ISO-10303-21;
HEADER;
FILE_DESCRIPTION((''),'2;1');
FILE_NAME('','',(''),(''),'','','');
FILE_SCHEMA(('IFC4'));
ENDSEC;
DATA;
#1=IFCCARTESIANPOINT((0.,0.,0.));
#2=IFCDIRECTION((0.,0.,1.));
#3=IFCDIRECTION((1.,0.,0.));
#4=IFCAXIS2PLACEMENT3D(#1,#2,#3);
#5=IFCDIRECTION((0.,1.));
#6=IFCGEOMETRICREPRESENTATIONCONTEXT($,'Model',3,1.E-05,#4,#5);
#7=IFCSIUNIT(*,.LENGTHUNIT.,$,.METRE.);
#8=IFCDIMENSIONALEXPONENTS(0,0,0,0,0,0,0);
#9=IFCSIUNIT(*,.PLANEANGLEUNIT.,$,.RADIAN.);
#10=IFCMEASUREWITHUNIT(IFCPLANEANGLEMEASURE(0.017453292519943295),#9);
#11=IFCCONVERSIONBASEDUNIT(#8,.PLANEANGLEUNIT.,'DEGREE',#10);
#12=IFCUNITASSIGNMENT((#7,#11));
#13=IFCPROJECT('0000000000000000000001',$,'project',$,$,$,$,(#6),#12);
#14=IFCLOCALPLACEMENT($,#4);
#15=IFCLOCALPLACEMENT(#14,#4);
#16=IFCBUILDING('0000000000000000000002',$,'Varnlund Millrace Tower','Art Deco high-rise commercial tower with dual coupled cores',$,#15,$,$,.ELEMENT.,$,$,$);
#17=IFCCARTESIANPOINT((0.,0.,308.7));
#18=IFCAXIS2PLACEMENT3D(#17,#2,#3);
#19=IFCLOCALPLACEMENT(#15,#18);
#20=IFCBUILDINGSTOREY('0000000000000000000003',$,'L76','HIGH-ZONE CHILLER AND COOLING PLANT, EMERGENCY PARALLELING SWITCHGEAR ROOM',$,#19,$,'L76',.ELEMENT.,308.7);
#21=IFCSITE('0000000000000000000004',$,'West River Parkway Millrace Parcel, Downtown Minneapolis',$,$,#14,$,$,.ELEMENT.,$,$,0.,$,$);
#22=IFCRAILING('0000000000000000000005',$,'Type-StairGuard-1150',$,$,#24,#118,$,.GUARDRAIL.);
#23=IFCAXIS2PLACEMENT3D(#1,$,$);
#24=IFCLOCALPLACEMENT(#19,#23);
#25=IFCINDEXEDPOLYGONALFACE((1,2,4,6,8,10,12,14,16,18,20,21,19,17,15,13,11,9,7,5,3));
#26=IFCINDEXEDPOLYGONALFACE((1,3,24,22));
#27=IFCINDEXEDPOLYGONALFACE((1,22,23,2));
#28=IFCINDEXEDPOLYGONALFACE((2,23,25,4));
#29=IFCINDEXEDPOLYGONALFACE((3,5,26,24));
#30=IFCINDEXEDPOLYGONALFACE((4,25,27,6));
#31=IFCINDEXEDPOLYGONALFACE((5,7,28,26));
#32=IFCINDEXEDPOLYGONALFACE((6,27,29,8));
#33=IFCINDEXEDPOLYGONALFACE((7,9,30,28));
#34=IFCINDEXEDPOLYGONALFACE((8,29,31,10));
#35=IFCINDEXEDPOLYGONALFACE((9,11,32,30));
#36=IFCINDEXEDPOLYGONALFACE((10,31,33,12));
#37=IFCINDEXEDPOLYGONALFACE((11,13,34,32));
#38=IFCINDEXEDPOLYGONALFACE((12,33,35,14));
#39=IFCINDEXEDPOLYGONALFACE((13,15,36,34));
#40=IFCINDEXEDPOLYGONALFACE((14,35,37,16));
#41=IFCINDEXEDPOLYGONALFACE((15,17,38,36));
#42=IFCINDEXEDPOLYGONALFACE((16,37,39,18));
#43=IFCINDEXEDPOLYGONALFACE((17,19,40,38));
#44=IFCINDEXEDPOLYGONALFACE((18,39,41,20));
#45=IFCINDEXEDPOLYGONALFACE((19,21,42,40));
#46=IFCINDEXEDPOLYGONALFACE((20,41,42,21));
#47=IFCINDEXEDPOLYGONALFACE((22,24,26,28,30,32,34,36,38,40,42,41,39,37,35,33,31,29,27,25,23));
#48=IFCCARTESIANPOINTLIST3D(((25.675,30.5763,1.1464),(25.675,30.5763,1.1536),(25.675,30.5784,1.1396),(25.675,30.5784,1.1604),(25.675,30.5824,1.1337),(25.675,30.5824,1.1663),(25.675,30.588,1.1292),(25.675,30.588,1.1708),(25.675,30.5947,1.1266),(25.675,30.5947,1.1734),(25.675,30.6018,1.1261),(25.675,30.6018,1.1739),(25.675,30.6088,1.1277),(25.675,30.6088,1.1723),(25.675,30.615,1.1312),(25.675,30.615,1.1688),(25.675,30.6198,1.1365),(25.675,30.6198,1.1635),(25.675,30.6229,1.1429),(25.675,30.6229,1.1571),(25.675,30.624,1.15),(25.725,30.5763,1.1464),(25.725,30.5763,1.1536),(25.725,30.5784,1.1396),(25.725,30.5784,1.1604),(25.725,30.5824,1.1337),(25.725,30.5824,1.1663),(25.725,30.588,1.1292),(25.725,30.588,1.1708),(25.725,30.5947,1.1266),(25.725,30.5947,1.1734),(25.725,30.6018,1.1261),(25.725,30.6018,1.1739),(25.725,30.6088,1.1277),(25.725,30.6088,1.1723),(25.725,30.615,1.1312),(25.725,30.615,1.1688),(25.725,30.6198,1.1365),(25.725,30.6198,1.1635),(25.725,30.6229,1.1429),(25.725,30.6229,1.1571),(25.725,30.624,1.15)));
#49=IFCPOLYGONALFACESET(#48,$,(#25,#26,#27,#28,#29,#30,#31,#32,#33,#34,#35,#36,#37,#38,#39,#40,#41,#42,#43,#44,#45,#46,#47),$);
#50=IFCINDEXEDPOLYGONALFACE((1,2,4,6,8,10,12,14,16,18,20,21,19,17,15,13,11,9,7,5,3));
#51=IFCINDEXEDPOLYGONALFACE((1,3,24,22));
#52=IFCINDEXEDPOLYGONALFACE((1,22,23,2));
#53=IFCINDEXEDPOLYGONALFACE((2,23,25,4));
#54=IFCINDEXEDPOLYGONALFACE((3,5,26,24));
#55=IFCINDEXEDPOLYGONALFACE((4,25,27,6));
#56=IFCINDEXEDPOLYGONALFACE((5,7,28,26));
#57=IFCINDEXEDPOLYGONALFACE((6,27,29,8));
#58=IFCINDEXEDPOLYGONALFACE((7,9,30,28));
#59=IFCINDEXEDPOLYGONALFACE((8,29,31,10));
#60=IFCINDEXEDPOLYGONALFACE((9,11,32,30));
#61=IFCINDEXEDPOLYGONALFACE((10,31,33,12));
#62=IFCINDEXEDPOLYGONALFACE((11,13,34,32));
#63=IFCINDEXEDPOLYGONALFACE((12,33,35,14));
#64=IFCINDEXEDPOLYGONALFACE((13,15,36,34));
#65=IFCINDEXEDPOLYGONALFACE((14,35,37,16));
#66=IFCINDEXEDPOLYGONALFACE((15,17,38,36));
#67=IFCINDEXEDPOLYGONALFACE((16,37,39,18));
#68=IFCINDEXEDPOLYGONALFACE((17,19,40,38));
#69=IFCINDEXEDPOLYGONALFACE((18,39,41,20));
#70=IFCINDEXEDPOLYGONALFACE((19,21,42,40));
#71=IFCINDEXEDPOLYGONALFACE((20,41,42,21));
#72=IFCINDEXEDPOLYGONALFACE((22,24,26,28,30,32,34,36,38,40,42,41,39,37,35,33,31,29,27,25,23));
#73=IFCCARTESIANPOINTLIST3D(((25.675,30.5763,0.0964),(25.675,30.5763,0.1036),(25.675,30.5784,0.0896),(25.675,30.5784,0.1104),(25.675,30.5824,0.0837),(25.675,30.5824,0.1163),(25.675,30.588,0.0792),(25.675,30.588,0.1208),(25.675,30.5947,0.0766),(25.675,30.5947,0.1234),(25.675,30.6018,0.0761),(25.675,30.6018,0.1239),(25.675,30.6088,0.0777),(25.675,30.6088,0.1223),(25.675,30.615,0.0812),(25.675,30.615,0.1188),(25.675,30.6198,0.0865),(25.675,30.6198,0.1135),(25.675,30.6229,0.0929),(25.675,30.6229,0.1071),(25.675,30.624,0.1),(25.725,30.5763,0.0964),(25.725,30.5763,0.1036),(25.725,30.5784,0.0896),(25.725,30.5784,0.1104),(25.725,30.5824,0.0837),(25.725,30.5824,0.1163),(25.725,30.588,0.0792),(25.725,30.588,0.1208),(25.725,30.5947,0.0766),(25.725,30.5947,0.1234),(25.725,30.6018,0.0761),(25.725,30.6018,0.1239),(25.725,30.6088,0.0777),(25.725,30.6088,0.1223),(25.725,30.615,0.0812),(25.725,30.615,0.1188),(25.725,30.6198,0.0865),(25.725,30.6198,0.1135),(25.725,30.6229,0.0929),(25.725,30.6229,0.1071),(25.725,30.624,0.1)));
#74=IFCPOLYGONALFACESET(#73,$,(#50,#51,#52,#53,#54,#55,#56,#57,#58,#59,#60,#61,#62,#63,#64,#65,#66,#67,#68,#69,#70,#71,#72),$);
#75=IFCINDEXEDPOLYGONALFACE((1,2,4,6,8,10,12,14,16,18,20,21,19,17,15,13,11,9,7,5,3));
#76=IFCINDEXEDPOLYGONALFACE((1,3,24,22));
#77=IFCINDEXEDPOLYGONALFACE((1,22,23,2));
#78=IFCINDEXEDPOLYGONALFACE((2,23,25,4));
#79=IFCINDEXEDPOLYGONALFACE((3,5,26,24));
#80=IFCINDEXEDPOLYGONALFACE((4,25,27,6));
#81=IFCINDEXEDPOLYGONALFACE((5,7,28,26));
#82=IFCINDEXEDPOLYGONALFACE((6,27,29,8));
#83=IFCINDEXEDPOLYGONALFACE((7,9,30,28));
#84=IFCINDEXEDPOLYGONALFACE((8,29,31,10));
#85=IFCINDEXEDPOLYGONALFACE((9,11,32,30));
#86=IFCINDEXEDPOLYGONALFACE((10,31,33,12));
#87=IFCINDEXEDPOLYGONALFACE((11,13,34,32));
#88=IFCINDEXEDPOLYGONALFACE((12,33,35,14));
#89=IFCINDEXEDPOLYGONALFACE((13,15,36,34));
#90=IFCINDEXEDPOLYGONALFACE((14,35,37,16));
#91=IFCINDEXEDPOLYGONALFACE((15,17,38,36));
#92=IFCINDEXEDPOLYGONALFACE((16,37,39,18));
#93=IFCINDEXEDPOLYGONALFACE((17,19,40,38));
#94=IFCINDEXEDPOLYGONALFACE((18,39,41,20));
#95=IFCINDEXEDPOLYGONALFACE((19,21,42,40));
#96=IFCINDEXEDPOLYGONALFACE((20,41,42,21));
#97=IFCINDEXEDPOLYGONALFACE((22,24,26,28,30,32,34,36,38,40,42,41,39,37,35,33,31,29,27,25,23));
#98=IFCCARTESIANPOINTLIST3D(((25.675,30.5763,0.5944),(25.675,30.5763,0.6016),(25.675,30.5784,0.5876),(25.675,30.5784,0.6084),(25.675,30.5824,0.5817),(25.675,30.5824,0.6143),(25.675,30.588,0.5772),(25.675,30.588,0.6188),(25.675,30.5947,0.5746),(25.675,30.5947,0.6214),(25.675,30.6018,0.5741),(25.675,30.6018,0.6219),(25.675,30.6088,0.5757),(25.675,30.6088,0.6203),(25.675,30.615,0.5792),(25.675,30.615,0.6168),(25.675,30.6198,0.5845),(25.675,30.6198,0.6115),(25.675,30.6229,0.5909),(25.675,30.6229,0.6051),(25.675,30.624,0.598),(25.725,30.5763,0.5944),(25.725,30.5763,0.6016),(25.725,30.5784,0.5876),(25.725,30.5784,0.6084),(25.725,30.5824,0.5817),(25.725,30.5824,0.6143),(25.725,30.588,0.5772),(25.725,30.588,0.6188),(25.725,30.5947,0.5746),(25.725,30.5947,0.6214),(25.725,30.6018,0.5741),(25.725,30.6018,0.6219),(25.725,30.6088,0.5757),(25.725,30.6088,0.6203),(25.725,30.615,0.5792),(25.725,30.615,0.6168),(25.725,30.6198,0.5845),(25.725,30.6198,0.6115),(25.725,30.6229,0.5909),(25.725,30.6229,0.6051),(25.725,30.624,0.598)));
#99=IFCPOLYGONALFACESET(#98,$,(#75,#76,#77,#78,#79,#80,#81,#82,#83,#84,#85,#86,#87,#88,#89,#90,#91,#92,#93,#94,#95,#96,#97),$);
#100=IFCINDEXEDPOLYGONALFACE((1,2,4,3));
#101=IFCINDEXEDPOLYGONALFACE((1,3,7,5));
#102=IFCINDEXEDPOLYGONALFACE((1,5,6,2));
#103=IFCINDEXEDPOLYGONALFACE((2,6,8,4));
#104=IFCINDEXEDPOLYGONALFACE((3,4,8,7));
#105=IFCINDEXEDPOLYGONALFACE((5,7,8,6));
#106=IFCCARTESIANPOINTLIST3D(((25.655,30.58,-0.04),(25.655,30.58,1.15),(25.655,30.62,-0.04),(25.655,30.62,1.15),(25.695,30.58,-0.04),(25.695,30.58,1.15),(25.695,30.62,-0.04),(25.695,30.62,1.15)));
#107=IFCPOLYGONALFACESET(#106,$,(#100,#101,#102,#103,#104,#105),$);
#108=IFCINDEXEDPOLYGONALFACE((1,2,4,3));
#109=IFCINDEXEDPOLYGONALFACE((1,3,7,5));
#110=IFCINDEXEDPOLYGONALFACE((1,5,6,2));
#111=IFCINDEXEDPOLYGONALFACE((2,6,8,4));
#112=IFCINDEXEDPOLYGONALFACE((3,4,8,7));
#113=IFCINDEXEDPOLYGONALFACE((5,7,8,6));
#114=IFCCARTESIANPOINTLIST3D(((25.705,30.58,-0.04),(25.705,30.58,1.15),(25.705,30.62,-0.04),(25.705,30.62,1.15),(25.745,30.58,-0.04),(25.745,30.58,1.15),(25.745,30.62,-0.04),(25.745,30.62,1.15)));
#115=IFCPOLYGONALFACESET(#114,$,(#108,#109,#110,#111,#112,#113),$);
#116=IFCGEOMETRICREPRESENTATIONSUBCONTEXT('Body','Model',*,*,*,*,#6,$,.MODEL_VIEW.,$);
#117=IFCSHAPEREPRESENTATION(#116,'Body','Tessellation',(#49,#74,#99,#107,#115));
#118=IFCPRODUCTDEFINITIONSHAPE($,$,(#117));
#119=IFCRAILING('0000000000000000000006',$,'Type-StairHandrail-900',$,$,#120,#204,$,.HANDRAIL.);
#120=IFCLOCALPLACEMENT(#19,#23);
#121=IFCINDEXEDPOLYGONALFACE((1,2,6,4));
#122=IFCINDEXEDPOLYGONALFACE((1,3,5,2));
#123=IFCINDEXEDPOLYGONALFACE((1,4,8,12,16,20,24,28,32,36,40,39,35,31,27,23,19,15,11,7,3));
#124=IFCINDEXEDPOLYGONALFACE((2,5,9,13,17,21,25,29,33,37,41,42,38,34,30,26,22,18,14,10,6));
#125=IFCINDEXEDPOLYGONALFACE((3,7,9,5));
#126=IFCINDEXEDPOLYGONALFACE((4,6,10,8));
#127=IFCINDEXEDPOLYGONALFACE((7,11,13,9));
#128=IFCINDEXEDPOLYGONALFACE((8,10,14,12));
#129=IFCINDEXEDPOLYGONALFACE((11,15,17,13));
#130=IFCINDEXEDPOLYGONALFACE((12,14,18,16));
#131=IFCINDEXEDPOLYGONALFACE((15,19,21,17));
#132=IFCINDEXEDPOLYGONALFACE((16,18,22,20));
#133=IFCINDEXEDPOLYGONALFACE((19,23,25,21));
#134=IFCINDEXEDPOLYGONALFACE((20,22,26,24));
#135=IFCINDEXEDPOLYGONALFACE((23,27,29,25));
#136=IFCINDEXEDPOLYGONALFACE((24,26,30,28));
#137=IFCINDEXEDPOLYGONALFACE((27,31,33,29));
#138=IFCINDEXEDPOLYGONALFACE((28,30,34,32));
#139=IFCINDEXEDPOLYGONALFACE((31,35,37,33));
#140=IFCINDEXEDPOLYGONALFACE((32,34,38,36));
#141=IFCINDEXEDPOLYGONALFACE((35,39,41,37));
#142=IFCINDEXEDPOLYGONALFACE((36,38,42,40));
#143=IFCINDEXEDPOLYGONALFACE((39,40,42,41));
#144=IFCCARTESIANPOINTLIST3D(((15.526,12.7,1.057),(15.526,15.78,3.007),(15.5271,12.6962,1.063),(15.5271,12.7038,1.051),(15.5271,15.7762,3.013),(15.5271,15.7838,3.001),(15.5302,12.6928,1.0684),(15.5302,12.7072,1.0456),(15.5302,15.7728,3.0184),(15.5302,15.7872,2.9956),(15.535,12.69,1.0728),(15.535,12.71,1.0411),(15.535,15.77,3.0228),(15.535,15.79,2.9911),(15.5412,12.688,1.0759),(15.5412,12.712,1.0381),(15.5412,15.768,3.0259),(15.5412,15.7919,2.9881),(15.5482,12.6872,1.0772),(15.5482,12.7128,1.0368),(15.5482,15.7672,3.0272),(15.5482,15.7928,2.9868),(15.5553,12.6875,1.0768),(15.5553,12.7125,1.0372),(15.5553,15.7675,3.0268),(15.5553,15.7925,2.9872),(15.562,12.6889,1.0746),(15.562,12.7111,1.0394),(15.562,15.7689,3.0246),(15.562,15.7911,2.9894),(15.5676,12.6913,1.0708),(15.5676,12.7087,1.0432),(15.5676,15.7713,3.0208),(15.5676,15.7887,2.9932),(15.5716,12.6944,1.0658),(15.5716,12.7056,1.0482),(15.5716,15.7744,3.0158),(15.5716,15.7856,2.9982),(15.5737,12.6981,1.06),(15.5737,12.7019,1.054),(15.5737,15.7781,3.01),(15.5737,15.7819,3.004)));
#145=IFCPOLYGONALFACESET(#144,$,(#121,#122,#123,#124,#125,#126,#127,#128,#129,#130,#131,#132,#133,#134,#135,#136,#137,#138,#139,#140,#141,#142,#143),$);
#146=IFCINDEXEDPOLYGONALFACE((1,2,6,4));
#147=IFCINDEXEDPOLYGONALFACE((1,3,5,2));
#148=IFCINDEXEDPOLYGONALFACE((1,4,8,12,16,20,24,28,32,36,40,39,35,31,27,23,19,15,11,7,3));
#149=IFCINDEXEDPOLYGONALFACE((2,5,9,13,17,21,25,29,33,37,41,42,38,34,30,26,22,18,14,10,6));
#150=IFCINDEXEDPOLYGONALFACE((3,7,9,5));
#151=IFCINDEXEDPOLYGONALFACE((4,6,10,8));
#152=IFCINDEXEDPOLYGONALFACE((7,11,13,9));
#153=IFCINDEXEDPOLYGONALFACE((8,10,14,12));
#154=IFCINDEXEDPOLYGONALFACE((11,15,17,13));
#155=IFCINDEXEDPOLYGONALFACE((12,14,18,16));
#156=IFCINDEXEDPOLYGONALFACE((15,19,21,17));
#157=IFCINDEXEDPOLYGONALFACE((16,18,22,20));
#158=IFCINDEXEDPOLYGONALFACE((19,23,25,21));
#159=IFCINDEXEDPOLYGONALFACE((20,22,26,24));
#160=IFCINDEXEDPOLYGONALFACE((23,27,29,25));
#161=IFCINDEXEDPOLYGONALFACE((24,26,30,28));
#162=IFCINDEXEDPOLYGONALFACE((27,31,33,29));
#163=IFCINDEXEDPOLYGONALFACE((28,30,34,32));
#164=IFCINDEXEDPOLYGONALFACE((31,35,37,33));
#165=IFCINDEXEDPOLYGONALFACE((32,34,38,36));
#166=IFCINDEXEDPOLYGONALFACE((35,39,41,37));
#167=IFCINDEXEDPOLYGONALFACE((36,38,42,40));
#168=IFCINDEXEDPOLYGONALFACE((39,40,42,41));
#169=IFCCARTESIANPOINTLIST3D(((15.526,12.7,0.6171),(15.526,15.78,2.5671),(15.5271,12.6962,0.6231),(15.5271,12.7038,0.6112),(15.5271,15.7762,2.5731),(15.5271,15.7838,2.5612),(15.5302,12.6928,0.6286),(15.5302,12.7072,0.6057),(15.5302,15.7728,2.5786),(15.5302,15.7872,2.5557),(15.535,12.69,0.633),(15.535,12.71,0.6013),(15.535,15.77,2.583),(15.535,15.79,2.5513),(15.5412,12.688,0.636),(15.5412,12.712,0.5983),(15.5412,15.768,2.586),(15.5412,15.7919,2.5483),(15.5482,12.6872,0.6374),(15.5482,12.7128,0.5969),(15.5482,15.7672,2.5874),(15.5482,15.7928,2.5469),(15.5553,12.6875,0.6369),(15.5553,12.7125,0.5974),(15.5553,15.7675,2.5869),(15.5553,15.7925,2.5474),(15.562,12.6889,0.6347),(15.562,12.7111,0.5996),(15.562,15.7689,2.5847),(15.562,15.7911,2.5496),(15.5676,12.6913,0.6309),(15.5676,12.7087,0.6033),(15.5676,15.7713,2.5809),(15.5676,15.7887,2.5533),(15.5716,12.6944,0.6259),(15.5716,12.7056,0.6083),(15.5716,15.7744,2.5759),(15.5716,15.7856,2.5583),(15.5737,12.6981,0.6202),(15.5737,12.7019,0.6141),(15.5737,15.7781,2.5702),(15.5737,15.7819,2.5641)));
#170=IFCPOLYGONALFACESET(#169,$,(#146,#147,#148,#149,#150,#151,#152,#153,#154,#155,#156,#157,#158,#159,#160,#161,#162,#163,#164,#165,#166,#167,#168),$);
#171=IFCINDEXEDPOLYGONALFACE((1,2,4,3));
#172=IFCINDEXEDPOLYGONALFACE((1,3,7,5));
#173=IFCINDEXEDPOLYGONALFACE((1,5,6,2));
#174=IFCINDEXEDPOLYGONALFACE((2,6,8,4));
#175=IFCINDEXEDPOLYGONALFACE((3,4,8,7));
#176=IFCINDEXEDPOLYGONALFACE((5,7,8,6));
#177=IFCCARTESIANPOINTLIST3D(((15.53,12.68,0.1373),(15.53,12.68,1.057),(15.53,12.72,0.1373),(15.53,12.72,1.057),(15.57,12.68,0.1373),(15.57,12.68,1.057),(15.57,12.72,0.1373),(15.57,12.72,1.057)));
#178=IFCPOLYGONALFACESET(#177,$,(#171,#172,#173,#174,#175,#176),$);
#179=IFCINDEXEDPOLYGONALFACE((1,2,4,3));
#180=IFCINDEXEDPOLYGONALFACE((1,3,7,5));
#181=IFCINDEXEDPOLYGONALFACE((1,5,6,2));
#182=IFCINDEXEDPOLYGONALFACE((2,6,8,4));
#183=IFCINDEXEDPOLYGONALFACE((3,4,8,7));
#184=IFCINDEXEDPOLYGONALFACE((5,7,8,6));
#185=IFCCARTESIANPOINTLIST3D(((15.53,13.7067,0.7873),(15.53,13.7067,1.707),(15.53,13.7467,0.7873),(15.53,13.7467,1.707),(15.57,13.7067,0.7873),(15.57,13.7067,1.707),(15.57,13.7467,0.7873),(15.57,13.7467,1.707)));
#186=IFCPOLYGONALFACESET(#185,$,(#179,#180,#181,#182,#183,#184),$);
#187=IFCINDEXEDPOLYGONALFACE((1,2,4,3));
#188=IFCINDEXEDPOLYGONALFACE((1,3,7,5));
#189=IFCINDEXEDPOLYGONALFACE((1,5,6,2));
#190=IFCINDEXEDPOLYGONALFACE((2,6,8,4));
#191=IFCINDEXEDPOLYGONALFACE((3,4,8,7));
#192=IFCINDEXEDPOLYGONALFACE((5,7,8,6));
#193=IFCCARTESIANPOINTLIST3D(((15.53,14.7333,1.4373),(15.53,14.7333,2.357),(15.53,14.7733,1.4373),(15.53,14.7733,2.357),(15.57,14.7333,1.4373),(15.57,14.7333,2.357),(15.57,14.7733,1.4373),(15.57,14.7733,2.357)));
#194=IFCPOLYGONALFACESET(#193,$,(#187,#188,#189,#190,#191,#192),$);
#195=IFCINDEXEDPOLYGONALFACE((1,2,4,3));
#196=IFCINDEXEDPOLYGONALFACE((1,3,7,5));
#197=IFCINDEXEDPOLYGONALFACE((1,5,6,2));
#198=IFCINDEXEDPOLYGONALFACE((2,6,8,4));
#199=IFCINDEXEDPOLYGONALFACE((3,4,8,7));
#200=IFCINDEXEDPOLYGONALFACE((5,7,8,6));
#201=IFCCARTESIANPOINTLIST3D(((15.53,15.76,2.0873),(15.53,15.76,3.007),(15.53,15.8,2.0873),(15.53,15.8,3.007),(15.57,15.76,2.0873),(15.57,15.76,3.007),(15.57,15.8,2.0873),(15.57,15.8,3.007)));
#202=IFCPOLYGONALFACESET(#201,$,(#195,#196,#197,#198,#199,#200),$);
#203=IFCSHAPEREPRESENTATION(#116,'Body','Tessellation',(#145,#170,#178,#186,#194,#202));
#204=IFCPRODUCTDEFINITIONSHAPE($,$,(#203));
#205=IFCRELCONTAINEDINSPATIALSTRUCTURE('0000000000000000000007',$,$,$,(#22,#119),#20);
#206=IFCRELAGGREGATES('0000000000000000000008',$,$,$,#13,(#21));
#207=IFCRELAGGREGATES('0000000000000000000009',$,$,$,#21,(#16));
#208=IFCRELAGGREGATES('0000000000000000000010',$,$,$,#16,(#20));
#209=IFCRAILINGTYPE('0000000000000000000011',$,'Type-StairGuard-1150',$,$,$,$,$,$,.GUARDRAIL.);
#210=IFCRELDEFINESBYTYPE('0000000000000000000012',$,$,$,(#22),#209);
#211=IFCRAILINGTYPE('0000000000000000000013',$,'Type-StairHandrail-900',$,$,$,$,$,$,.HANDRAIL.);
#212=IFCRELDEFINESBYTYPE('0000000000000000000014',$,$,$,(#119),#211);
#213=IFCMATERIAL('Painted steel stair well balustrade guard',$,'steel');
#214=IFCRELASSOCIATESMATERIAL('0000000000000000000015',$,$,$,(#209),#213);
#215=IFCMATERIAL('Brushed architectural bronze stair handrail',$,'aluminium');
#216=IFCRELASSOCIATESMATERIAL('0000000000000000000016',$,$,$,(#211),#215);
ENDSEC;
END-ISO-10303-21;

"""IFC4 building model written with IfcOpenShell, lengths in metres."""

from ifc_helpers import new_model, entity, si_unit, converted_unit, direction, frame, origin_with_axes, origin_2d_with_axis, place, context, subcontext, project, spatial, rectangle, circle, extrude, material, type_object, element, save


model = new_model("IFC4")

# Units and contexts
model_context = context("Model", 3, precision=1e-05, world=origin_with_axes(), true_north=direction((0.0, 1.0)))
body_context = subcontext(model_context, "Body", "Model", "MODEL_VIEW")
ifc_project = project(units=[si_unit("LENGTHUNIT", "METRE"), converted_unit("PLANEANGLEUNIT", "DEGREE", entity("IfcPlaneAngleMeasure", 0.017453292519943295), si_unit("PLANEANGLEUNIT", "RADIAN"), dimensions=[0, 0, 0, 0, 0, 0, 0])], contexts=[model_context])

# Site, building, storey
site_placement = place(None, origin_with_axes())
site = spatial("IfcSite", under=ifc_project, at=site_placement, Name="West River Parkway Millrace Parcel, Downtown Minneapolis", CompositionType="ELEMENT", RefElevation=0.0)
building_placement = place(site_placement, origin_with_axes())
building = spatial("IfcBuilding", under=site, at=building_placement, Name="Varnlund Millrace Tower", Description="Art Deco high-rise commercial tower with dual coupled cores", CompositionType="ELEMENT")
storey_placement = place(building_placement, frame((0.0, 0.0, 308.7), z_axis=(0.0, 0.0, 1.0), x_axis=(1.0, 0.0, 0.0)))
storey = spatial("IfcBuildingStorey", under=building, at=storey_placement, Name="L76", Description="HIGH-ZONE CHILLER AND COOLING PLANT, EMERGENCY PARALLELING SWITCHGEAR ROOM", LongName="L76", CompositionType="ELEMENT", Elevation=308.7)

# Railings
ifc_material_1 = material(Name="Painted steel stair well balustrade guard", Category="steel")
railing_type_1 = type_object("IfcRailingType", Name="Type-StairGuard-1150", PredefinedType="GUARDRAIL", material=ifc_material_1)
railing_1_placement = place(storey_placement, frame((0.0, 0.0, -308.7), z_axis=(0.0, 0.0, 1.0), x_axis=(1.0, 0.0, 0.0)))
element("IfcRailing", 1, at=railing_1_placement, inside=storey, type_object=railing_type_1, Name="Type-StairGuard-1150", PredefinedType="GUARDRAIL", context=body_context, shape_type="SweptSolid", body=[
    extrude(circle(Radius=0.024, at=origin_2d_with_axis()), frame((25.675, 30.6, 309.85), z_axis=(1.0, 0.0, 0.0), x_axis=(0.0, 1.0, 0.0)), (0.0, 0.0, 1.0), 0.05),
    extrude(circle(Radius=0.024, at=origin_2d_with_axis()), frame((25.675, 30.6, 308.8), z_axis=(1.0, 0.0, 0.0), x_axis=(0.0, 1.0, 0.0)), (0.0, 0.0, 1.0), 0.05),
    extrude(circle(Radius=0.024, at=origin_2d_with_axis()), frame((25.675, 30.6, 309.298), z_axis=(1.0, 0.0, 0.0), x_axis=(0.0, 1.0, 0.0)), (0.0, 0.0, 1.0), 0.05),
    extrude(rectangle(XDim=0.04, YDim=0.04, at=origin_2d_with_axis()), frame((25.675, 30.6, 308.66), z_axis=(0.0, 0.0, 1.0), x_axis=(1.0, 0.0, 0.0)), (0.0, 0.0, 1.0), 1.19),
    extrude(rectangle(XDim=0.04, YDim=0.04, at=origin_2d_with_axis()), frame((25.725, 30.6, 308.66), z_axis=(0.0, 0.0, 1.0), x_axis=(1.0, 0.0, 0.0)), (0.0, 0.0, 1.0), 1.19),
])
ifc_material_2 = material(Name="Brushed architectural bronze stair handrail", Category="aluminium")
railing_type_2 = type_object("IfcRailingType", Name="Type-StairHandrail-900", PredefinedType="HANDRAIL", material=ifc_material_2)
railing_2_placement = place(storey_placement, frame((0.0, 0.0, -308.7), z_axis=(0.0, 0.0, 1.0), x_axis=(1.0, 0.0, 0.0)))
element("IfcRailing", 2, at=railing_2_placement, inside=storey, type_object=railing_type_2, Name="Type-StairHandrail-900", PredefinedType="HANDRAIL", context=body_context, shape_type="SweptSolid", body=[
    extrude(circle(Radius=0.024, at=origin_2d_with_axis()), frame((15.55, 12.7, 309.757), z_axis=(0.0, 0.844902, 0.534922), x_axis=(-1.0, 0.0, 0.0)), (0.0, 0.0, 1.0), 3.6454),
    extrude(circle(Radius=0.024, at=origin_2d_with_axis()), frame((15.55, 12.7, 309.3171), z_axis=(0.0, 0.844902, 0.534922), x_axis=(-1.0, 0.0, 0.0)), (0.0, 0.0, 1.0), 3.6454),
    extrude(rectangle(XDim=0.04, YDim=0.04, at=origin_2d_with_axis()), frame((15.55, 12.7, 308.8373), z_axis=(0.0, 0.0, 1.0), x_axis=(1.0, 0.0, 0.0)), (0.0, 0.0, 1.0), 0.9197),
    extrude(rectangle(XDim=0.04, YDim=0.04, at=origin_2d_with_axis()), frame((15.55, 13.7267, 309.4873), z_axis=(0.0, 0.0, 1.0), x_axis=(1.0, 0.0, 0.0)), (0.0, 0.0, 1.0), 0.9197),
    extrude(rectangle(XDim=0.04, YDim=0.04, at=origin_2d_with_axis()), frame((15.55, 14.7533, 310.1373), z_axis=(0.0, 0.0, 1.0), x_axis=(1.0, 0.0, 0.0)), (0.0, 0.0, 1.0), 0.9197),
    extrude(rectangle(XDim=0.04, YDim=0.04, at=origin_2d_with_axis()), frame((15.55, 15.78, 310.7873), z_axis=(0.0, 0.0, 1.0), x_axis=(1.0, 0.0, 0.0)), (0.0, 0.0, 1.0), 0.9197),
])

save(model, "model.ifc")
